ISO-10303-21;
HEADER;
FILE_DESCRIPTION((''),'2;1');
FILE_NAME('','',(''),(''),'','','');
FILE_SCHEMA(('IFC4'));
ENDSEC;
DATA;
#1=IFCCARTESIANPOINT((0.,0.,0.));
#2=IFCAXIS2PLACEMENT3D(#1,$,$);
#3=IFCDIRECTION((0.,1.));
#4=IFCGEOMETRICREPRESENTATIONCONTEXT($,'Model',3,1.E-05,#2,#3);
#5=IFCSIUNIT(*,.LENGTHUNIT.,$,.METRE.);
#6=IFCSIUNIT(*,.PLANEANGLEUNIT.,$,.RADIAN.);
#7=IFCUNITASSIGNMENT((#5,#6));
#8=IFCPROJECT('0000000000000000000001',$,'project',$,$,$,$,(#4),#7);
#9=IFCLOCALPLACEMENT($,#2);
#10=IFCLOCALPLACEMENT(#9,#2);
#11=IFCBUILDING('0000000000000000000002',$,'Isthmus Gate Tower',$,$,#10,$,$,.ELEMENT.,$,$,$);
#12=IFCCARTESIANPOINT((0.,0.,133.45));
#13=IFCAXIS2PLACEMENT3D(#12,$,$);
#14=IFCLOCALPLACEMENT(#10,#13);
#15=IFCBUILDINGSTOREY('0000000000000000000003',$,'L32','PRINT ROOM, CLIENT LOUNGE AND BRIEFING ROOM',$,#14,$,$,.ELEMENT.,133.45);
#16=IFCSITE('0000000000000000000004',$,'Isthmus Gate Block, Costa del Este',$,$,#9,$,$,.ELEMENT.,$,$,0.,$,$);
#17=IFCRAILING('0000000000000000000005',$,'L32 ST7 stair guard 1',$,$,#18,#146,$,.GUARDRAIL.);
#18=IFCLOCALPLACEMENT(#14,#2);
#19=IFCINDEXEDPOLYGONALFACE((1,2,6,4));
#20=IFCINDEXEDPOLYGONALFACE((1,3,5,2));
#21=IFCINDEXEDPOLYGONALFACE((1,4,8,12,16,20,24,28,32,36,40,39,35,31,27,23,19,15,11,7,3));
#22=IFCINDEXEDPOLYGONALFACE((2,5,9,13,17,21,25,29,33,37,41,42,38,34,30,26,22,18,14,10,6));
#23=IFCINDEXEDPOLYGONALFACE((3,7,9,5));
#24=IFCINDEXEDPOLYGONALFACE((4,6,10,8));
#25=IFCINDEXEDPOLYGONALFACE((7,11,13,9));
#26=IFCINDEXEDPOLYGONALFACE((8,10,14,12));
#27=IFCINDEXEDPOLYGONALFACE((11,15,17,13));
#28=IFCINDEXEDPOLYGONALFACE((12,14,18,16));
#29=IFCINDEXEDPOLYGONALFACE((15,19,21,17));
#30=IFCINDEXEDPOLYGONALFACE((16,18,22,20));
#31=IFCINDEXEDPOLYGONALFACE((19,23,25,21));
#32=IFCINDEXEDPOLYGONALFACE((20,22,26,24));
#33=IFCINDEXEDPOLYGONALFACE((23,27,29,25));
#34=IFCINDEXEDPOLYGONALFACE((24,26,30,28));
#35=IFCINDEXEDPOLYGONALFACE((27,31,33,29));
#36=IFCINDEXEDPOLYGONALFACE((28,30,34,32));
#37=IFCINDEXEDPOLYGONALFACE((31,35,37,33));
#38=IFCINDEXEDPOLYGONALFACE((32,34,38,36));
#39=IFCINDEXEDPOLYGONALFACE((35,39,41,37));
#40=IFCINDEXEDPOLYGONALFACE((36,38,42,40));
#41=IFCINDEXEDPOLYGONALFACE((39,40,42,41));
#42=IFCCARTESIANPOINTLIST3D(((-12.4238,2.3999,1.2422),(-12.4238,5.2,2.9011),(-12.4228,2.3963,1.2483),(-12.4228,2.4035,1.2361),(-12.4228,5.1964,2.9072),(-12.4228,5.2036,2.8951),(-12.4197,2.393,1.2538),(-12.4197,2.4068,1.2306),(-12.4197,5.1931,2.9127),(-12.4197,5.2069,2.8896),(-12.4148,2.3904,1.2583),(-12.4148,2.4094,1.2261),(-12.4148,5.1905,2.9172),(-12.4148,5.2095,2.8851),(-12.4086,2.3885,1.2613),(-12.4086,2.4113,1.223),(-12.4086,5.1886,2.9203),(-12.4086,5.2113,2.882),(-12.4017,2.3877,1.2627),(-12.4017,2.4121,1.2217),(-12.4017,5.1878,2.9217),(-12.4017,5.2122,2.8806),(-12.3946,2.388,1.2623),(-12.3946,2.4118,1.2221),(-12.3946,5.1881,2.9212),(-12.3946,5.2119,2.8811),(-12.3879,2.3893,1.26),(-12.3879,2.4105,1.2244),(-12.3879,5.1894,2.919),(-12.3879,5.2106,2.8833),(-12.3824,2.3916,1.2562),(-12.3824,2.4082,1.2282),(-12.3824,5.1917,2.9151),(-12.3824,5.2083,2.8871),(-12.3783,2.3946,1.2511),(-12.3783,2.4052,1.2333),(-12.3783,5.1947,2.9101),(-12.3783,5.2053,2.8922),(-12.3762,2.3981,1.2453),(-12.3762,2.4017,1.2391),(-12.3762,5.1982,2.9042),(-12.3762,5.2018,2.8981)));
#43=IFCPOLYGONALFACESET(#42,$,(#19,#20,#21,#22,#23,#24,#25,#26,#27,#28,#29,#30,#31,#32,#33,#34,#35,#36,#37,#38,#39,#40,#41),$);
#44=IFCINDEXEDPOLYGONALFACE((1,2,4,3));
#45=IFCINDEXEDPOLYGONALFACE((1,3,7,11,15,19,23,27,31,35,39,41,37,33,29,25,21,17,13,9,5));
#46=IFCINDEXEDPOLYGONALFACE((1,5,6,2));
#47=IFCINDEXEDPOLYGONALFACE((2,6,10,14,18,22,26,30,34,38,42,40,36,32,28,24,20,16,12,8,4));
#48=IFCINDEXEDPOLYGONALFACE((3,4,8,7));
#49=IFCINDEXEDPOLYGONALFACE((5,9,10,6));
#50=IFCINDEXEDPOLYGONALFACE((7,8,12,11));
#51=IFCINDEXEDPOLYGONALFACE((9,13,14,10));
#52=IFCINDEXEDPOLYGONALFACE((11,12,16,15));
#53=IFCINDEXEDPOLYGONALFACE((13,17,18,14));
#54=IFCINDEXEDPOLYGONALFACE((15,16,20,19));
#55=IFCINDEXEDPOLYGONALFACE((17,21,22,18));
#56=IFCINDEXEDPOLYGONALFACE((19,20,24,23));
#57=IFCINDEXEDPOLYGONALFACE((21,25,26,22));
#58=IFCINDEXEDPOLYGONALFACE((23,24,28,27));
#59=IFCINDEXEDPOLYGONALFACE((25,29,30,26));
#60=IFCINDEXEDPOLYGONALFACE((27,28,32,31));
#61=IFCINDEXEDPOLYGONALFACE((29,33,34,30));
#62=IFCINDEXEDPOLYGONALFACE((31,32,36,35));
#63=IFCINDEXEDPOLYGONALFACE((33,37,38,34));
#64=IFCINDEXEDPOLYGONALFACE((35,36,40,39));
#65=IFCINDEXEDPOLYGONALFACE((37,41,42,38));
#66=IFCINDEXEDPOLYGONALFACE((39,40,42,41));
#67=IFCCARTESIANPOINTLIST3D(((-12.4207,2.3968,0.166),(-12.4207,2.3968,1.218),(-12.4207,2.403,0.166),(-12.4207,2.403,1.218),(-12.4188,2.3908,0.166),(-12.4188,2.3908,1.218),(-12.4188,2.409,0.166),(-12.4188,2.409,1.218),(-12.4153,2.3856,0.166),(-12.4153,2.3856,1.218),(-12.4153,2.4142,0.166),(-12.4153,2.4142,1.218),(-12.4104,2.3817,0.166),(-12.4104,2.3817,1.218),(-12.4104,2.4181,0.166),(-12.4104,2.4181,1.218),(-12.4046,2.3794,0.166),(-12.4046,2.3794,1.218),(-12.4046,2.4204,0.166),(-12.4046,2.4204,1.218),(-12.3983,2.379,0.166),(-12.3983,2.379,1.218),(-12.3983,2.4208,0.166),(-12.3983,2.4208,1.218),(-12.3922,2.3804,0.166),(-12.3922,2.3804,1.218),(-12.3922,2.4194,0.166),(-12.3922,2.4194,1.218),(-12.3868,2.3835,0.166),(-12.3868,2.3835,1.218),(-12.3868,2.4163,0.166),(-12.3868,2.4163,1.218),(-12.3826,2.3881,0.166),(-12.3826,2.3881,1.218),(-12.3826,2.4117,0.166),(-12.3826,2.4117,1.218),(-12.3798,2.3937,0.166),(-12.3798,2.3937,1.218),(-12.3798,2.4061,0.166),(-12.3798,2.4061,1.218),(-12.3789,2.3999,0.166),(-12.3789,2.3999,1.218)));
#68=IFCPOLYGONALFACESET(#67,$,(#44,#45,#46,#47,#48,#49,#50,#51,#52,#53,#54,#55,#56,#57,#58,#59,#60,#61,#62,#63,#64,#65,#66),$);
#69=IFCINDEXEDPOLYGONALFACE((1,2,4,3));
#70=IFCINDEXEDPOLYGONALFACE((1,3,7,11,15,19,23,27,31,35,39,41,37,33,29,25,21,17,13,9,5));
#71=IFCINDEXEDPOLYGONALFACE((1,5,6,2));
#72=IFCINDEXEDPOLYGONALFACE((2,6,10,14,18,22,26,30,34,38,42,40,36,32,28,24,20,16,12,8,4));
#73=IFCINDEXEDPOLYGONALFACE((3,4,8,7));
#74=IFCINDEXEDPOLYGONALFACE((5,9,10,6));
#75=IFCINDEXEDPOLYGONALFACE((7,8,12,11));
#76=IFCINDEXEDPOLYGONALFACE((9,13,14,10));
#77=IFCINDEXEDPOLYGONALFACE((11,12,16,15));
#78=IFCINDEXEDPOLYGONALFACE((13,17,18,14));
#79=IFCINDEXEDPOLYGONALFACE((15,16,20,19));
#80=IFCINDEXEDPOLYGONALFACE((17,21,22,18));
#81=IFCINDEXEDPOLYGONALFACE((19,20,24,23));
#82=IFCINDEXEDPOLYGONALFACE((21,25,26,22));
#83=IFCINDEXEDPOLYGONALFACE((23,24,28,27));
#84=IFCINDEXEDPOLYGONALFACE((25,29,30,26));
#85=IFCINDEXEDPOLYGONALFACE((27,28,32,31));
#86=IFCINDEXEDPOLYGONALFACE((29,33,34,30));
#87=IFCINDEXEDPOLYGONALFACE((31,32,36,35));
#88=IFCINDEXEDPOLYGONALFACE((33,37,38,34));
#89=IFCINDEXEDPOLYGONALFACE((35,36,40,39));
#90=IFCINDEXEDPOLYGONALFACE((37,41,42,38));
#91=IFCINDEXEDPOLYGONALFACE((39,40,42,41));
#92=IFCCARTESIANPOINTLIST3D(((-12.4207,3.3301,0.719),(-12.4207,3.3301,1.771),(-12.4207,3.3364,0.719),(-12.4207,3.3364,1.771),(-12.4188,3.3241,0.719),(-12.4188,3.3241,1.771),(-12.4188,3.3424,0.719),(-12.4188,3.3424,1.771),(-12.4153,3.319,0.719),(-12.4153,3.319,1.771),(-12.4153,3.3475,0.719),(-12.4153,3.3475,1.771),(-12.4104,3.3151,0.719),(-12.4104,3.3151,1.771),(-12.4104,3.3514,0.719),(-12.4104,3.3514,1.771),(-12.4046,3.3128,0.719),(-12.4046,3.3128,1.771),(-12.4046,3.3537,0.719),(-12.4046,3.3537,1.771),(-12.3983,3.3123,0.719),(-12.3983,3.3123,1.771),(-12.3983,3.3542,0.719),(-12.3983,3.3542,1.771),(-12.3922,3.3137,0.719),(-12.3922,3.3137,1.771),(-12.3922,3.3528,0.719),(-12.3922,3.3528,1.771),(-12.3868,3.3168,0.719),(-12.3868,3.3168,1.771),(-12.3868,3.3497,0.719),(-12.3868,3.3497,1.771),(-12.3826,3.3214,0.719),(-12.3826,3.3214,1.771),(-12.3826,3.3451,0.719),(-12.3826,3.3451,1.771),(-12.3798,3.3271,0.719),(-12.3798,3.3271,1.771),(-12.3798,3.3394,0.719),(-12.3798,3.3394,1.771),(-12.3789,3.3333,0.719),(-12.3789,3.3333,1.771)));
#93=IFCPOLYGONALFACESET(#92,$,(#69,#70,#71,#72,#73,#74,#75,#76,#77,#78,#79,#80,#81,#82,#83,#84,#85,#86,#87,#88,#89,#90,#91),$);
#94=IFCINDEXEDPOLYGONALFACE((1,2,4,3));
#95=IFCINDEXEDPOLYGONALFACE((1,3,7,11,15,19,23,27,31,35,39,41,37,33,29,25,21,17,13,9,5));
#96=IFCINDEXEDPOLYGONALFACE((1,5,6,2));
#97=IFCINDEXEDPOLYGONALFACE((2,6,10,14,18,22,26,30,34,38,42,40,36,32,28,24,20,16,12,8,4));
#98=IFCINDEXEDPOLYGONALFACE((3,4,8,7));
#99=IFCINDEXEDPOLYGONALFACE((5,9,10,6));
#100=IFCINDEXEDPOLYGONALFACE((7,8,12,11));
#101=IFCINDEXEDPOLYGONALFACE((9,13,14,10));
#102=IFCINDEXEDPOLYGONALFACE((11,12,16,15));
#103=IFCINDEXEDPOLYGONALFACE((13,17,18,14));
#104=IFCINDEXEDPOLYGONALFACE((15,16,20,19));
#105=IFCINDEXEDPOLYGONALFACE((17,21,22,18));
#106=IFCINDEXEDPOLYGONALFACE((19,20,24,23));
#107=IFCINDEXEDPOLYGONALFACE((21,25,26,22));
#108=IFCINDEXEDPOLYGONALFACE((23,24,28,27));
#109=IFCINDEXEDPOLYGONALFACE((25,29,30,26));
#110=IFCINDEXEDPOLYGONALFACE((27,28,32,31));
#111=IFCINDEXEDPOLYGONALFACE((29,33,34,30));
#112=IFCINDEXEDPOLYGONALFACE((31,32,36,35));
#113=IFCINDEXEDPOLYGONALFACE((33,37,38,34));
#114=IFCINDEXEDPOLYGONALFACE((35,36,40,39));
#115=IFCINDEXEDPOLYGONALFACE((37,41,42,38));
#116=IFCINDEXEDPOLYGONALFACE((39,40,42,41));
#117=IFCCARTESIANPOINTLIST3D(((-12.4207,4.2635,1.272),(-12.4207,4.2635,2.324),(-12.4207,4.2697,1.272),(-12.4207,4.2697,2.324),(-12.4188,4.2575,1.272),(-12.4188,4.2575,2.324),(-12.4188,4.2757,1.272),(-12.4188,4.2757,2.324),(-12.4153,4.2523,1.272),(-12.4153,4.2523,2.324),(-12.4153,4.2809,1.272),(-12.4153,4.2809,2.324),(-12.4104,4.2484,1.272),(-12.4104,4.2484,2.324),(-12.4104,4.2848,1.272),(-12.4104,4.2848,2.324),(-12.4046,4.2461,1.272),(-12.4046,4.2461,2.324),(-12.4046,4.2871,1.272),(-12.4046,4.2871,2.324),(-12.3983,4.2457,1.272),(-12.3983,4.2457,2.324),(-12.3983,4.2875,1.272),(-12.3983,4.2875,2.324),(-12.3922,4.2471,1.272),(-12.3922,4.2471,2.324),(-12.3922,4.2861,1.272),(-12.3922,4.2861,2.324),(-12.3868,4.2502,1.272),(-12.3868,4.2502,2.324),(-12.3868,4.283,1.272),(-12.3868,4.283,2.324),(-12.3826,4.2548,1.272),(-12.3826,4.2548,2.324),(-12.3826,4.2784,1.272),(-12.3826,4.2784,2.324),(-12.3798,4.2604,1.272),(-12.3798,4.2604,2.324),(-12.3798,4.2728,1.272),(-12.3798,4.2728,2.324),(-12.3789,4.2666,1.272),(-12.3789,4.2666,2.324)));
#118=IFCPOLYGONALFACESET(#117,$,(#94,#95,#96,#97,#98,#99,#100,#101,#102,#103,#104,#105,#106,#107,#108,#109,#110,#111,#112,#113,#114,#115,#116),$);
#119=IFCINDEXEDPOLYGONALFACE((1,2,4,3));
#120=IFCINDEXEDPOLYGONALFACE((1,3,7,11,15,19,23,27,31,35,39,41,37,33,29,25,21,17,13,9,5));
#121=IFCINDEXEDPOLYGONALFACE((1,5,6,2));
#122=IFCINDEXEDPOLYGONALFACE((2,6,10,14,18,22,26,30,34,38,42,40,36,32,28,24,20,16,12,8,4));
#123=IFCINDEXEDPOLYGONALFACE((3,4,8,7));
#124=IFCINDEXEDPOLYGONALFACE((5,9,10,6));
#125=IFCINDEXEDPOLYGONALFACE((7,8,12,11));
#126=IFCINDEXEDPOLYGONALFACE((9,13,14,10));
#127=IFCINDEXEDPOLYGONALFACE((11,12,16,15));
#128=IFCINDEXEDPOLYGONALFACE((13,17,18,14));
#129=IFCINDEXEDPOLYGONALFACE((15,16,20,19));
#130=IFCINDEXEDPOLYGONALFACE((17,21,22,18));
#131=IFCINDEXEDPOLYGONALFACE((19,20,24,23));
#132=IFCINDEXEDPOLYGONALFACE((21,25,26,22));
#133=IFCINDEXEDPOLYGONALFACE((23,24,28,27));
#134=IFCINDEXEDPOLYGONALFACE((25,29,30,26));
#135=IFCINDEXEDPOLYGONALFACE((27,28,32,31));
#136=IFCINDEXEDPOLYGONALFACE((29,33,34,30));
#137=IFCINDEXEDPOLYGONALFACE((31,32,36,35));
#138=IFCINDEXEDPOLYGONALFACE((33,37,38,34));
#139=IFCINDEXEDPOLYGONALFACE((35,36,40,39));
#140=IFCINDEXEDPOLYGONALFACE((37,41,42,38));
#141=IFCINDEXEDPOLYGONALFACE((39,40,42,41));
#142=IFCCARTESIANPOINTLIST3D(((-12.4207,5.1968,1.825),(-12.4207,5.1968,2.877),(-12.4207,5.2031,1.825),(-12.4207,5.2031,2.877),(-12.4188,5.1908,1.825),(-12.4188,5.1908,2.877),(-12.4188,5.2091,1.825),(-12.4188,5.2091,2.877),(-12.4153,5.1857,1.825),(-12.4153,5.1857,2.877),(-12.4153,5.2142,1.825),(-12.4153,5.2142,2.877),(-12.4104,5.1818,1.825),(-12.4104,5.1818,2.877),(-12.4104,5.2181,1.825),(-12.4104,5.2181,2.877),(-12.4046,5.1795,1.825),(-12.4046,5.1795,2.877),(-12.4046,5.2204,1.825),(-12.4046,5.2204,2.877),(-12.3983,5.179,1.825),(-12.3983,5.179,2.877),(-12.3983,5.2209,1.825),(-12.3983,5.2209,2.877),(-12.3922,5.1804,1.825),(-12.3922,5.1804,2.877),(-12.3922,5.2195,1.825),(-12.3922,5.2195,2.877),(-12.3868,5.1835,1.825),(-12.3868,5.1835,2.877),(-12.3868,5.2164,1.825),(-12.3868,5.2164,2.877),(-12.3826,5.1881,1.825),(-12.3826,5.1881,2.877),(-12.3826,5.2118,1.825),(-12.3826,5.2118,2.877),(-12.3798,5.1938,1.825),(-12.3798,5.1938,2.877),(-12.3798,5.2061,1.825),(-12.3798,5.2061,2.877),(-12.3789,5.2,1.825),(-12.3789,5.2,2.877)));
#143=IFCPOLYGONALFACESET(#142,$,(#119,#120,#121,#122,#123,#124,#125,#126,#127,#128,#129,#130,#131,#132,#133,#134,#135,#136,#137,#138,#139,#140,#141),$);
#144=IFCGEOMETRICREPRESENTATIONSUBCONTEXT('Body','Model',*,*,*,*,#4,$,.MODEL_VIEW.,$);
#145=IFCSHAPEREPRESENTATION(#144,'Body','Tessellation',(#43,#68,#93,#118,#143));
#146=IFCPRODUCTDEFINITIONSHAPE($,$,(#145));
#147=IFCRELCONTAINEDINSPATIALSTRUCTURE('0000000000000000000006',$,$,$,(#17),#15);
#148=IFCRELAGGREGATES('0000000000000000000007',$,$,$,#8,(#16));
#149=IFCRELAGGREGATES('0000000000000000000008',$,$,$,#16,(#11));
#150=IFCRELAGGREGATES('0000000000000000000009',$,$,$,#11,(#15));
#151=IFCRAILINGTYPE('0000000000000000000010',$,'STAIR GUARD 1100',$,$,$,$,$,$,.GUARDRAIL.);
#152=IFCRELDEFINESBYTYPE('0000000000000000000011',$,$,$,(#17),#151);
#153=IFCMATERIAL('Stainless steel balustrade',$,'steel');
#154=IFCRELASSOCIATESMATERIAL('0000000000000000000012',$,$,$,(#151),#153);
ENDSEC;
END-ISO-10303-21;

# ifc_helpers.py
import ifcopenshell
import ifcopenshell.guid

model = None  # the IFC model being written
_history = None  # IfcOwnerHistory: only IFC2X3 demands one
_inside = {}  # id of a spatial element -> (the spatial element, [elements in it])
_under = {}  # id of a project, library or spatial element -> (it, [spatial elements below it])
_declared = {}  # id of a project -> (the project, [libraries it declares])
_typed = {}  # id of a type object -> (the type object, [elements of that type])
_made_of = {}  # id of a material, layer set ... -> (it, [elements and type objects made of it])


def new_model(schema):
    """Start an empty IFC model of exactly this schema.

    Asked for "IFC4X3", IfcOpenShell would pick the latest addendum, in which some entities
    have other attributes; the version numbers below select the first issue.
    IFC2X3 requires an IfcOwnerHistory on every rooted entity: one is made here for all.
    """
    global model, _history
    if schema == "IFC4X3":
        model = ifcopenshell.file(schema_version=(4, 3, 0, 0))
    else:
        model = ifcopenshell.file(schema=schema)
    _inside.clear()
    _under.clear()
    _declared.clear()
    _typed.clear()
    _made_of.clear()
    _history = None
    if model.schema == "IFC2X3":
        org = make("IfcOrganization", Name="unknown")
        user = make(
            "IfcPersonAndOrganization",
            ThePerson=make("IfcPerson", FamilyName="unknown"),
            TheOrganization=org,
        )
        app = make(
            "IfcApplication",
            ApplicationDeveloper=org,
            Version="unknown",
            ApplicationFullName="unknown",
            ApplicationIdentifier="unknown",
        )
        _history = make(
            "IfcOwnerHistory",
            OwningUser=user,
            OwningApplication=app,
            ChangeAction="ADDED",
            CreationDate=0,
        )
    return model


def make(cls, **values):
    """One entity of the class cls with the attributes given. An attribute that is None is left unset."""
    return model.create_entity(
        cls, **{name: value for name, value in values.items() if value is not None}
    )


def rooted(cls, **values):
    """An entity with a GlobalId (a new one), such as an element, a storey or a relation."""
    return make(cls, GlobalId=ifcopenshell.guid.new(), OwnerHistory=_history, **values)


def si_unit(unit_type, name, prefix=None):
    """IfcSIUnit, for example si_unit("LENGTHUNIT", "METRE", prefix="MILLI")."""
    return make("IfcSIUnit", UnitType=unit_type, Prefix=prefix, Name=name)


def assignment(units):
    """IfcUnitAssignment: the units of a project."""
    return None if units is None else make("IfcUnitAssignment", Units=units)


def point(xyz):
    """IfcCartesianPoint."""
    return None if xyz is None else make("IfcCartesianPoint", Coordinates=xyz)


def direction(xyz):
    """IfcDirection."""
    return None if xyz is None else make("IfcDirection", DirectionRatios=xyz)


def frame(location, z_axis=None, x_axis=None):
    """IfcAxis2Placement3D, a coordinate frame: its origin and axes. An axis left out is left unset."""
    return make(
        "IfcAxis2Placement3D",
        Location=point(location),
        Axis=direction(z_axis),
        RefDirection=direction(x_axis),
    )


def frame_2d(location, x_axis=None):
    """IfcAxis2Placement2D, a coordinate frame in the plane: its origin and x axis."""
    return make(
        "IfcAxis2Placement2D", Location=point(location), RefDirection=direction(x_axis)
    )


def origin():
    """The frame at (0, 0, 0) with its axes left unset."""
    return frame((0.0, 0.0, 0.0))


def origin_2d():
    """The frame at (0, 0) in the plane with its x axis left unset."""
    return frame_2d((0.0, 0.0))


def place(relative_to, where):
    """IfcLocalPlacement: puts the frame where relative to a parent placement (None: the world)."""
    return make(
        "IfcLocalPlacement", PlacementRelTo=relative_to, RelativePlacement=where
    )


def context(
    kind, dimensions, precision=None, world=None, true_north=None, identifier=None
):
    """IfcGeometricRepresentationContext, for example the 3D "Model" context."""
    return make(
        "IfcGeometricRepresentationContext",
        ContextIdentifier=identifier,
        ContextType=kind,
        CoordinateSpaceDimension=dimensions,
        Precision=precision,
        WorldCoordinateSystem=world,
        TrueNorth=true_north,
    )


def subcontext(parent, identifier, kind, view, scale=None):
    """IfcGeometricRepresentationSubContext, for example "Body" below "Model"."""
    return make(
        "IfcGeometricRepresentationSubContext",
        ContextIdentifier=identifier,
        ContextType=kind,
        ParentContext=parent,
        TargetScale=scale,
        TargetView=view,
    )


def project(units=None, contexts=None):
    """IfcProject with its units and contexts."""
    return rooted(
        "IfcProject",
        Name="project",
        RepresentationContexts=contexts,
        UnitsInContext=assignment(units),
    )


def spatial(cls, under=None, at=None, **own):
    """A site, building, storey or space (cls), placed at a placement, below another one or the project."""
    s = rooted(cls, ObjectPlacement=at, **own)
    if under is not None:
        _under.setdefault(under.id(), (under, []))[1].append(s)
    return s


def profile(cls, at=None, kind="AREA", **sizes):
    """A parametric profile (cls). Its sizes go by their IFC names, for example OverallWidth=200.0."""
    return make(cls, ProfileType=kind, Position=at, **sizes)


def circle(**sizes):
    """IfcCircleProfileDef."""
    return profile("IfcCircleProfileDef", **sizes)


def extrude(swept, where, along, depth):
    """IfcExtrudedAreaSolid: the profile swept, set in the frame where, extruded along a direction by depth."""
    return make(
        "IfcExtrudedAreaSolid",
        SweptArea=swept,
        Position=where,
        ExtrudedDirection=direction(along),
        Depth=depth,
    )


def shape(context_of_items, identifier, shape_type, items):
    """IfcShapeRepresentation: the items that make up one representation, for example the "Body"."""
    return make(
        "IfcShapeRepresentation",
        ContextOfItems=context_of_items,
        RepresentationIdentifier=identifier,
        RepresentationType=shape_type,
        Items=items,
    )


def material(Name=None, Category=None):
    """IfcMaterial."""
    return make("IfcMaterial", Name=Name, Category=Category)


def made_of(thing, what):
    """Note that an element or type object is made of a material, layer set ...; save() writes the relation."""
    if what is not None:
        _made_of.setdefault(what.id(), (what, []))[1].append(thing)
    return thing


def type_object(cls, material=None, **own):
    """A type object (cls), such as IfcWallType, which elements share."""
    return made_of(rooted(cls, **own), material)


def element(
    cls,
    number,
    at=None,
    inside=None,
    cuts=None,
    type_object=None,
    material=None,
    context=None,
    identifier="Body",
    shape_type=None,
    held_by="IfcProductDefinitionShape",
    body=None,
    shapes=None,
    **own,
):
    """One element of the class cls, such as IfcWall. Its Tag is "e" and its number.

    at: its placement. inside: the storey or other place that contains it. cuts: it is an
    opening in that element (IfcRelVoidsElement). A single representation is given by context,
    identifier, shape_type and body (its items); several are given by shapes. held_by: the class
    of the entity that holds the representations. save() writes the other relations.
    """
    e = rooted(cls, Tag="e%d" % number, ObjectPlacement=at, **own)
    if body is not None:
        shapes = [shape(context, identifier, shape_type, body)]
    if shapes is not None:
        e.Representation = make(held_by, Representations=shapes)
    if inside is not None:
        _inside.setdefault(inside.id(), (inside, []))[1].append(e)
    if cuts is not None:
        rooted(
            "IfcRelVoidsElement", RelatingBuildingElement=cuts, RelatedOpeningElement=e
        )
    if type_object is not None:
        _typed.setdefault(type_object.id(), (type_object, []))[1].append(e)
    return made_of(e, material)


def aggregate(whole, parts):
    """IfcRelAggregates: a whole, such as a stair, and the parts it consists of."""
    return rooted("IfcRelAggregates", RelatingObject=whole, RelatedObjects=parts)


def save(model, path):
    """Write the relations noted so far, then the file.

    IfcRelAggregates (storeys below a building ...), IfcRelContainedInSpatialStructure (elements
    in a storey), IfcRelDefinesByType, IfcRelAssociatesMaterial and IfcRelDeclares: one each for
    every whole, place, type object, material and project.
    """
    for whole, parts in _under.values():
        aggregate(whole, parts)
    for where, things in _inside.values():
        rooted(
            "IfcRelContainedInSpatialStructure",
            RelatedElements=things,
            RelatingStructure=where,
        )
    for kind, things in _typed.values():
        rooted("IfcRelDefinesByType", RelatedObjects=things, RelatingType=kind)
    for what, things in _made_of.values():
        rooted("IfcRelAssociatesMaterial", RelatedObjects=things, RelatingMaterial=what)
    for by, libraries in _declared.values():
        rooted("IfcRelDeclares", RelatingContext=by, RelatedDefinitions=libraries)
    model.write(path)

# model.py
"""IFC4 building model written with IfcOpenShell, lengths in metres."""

from ifc_helpers import new_model, si_unit, direction, frame, origin, origin_2d, place, context, subcontext, project, spatial, circle, extrude, material, type_object, element, save


model = new_model("IFC4")

# Units and contexts
model_context = context("Model", 3, precision=1e-05, world=origin(), true_north=direction((0.0, 1.0)))
body_context = subcontext(model_context, "Body", "Model", "MODEL_VIEW")
ifc_project = project(units=[si_unit("LENGTHUNIT", "METRE"), si_unit("PLANEANGLEUNIT", "RADIAN")], contexts=[model_context])

# Site, building, storey
site_placement = place(None, origin())
site = spatial("IfcSite", under=ifc_project, at=site_placement, Name="Isthmus Gate Block, Costa del Este", CompositionType="ELEMENT", RefElevation=0.0)
building_placement = place(site_placement, origin())
building = spatial("IfcBuilding", under=site, at=building_placement, Name="Isthmus Gate Tower", CompositionType="ELEMENT")
storey_placement = place(building_placement, frame((0.0, 0.0, 133.45)))
storey = spatial("IfcBuildingStorey", under=building, at=storey_placement, Name="L32", Description="PRINT ROOM, CLIENT LOUNGE AND BRIEFING ROOM", CompositionType="ELEMENT", Elevation=133.45)

# Railing
ifc_material_1 = material(Name="Stainless steel balustrade", Category="steel")
railing_type_1 = type_object("IfcRailingType", Name="STAIR GUARD 1100", PredefinedType="GUARDRAIL", material=ifc_material_1)
railing_1_placement = place(storey_placement, frame((-12.3999, 2.3999, 0.166)))
element("IfcRailing", 1, at=railing_1_placement, inside=storey, type_object=railing_type_1, Name="L32 ST7 stair guard 1", PredefinedType="GUARDRAIL", context=body_context, shape_type="SweptSolid", body=[
    extrude(circle(Radius=0.0239, at=origin_2d()), frame((0.0, 0.0, 1.0762), z_axis=(0.0, 0.860339, 0.509722), x_axis=(-1.0, 0.0, 0.0)), (0.0, 0.0, 1.0), 3.2546),
    extrude(circle(Radius=0.021, at=origin_2d()), origin(), (0.0, 0.0, 1.0), 1.052),
    extrude(circle(Radius=0.021, at=origin_2d()), frame((0.0, 0.9333, 0.553)), (0.0, 0.0, 1.0), 1.052),
    extrude(circle(Radius=0.021, at=origin_2d()), frame((0.0, 1.8667, 1.106)), (0.0, 0.0, 1.0), 1.052),
    extrude(circle(Radius=0.021, at=origin_2d()), frame((0.0, 2.8, 1.6589)), (0.0, 0.0, 1.0), 1.052),
])

save(model, "model.ifc")
